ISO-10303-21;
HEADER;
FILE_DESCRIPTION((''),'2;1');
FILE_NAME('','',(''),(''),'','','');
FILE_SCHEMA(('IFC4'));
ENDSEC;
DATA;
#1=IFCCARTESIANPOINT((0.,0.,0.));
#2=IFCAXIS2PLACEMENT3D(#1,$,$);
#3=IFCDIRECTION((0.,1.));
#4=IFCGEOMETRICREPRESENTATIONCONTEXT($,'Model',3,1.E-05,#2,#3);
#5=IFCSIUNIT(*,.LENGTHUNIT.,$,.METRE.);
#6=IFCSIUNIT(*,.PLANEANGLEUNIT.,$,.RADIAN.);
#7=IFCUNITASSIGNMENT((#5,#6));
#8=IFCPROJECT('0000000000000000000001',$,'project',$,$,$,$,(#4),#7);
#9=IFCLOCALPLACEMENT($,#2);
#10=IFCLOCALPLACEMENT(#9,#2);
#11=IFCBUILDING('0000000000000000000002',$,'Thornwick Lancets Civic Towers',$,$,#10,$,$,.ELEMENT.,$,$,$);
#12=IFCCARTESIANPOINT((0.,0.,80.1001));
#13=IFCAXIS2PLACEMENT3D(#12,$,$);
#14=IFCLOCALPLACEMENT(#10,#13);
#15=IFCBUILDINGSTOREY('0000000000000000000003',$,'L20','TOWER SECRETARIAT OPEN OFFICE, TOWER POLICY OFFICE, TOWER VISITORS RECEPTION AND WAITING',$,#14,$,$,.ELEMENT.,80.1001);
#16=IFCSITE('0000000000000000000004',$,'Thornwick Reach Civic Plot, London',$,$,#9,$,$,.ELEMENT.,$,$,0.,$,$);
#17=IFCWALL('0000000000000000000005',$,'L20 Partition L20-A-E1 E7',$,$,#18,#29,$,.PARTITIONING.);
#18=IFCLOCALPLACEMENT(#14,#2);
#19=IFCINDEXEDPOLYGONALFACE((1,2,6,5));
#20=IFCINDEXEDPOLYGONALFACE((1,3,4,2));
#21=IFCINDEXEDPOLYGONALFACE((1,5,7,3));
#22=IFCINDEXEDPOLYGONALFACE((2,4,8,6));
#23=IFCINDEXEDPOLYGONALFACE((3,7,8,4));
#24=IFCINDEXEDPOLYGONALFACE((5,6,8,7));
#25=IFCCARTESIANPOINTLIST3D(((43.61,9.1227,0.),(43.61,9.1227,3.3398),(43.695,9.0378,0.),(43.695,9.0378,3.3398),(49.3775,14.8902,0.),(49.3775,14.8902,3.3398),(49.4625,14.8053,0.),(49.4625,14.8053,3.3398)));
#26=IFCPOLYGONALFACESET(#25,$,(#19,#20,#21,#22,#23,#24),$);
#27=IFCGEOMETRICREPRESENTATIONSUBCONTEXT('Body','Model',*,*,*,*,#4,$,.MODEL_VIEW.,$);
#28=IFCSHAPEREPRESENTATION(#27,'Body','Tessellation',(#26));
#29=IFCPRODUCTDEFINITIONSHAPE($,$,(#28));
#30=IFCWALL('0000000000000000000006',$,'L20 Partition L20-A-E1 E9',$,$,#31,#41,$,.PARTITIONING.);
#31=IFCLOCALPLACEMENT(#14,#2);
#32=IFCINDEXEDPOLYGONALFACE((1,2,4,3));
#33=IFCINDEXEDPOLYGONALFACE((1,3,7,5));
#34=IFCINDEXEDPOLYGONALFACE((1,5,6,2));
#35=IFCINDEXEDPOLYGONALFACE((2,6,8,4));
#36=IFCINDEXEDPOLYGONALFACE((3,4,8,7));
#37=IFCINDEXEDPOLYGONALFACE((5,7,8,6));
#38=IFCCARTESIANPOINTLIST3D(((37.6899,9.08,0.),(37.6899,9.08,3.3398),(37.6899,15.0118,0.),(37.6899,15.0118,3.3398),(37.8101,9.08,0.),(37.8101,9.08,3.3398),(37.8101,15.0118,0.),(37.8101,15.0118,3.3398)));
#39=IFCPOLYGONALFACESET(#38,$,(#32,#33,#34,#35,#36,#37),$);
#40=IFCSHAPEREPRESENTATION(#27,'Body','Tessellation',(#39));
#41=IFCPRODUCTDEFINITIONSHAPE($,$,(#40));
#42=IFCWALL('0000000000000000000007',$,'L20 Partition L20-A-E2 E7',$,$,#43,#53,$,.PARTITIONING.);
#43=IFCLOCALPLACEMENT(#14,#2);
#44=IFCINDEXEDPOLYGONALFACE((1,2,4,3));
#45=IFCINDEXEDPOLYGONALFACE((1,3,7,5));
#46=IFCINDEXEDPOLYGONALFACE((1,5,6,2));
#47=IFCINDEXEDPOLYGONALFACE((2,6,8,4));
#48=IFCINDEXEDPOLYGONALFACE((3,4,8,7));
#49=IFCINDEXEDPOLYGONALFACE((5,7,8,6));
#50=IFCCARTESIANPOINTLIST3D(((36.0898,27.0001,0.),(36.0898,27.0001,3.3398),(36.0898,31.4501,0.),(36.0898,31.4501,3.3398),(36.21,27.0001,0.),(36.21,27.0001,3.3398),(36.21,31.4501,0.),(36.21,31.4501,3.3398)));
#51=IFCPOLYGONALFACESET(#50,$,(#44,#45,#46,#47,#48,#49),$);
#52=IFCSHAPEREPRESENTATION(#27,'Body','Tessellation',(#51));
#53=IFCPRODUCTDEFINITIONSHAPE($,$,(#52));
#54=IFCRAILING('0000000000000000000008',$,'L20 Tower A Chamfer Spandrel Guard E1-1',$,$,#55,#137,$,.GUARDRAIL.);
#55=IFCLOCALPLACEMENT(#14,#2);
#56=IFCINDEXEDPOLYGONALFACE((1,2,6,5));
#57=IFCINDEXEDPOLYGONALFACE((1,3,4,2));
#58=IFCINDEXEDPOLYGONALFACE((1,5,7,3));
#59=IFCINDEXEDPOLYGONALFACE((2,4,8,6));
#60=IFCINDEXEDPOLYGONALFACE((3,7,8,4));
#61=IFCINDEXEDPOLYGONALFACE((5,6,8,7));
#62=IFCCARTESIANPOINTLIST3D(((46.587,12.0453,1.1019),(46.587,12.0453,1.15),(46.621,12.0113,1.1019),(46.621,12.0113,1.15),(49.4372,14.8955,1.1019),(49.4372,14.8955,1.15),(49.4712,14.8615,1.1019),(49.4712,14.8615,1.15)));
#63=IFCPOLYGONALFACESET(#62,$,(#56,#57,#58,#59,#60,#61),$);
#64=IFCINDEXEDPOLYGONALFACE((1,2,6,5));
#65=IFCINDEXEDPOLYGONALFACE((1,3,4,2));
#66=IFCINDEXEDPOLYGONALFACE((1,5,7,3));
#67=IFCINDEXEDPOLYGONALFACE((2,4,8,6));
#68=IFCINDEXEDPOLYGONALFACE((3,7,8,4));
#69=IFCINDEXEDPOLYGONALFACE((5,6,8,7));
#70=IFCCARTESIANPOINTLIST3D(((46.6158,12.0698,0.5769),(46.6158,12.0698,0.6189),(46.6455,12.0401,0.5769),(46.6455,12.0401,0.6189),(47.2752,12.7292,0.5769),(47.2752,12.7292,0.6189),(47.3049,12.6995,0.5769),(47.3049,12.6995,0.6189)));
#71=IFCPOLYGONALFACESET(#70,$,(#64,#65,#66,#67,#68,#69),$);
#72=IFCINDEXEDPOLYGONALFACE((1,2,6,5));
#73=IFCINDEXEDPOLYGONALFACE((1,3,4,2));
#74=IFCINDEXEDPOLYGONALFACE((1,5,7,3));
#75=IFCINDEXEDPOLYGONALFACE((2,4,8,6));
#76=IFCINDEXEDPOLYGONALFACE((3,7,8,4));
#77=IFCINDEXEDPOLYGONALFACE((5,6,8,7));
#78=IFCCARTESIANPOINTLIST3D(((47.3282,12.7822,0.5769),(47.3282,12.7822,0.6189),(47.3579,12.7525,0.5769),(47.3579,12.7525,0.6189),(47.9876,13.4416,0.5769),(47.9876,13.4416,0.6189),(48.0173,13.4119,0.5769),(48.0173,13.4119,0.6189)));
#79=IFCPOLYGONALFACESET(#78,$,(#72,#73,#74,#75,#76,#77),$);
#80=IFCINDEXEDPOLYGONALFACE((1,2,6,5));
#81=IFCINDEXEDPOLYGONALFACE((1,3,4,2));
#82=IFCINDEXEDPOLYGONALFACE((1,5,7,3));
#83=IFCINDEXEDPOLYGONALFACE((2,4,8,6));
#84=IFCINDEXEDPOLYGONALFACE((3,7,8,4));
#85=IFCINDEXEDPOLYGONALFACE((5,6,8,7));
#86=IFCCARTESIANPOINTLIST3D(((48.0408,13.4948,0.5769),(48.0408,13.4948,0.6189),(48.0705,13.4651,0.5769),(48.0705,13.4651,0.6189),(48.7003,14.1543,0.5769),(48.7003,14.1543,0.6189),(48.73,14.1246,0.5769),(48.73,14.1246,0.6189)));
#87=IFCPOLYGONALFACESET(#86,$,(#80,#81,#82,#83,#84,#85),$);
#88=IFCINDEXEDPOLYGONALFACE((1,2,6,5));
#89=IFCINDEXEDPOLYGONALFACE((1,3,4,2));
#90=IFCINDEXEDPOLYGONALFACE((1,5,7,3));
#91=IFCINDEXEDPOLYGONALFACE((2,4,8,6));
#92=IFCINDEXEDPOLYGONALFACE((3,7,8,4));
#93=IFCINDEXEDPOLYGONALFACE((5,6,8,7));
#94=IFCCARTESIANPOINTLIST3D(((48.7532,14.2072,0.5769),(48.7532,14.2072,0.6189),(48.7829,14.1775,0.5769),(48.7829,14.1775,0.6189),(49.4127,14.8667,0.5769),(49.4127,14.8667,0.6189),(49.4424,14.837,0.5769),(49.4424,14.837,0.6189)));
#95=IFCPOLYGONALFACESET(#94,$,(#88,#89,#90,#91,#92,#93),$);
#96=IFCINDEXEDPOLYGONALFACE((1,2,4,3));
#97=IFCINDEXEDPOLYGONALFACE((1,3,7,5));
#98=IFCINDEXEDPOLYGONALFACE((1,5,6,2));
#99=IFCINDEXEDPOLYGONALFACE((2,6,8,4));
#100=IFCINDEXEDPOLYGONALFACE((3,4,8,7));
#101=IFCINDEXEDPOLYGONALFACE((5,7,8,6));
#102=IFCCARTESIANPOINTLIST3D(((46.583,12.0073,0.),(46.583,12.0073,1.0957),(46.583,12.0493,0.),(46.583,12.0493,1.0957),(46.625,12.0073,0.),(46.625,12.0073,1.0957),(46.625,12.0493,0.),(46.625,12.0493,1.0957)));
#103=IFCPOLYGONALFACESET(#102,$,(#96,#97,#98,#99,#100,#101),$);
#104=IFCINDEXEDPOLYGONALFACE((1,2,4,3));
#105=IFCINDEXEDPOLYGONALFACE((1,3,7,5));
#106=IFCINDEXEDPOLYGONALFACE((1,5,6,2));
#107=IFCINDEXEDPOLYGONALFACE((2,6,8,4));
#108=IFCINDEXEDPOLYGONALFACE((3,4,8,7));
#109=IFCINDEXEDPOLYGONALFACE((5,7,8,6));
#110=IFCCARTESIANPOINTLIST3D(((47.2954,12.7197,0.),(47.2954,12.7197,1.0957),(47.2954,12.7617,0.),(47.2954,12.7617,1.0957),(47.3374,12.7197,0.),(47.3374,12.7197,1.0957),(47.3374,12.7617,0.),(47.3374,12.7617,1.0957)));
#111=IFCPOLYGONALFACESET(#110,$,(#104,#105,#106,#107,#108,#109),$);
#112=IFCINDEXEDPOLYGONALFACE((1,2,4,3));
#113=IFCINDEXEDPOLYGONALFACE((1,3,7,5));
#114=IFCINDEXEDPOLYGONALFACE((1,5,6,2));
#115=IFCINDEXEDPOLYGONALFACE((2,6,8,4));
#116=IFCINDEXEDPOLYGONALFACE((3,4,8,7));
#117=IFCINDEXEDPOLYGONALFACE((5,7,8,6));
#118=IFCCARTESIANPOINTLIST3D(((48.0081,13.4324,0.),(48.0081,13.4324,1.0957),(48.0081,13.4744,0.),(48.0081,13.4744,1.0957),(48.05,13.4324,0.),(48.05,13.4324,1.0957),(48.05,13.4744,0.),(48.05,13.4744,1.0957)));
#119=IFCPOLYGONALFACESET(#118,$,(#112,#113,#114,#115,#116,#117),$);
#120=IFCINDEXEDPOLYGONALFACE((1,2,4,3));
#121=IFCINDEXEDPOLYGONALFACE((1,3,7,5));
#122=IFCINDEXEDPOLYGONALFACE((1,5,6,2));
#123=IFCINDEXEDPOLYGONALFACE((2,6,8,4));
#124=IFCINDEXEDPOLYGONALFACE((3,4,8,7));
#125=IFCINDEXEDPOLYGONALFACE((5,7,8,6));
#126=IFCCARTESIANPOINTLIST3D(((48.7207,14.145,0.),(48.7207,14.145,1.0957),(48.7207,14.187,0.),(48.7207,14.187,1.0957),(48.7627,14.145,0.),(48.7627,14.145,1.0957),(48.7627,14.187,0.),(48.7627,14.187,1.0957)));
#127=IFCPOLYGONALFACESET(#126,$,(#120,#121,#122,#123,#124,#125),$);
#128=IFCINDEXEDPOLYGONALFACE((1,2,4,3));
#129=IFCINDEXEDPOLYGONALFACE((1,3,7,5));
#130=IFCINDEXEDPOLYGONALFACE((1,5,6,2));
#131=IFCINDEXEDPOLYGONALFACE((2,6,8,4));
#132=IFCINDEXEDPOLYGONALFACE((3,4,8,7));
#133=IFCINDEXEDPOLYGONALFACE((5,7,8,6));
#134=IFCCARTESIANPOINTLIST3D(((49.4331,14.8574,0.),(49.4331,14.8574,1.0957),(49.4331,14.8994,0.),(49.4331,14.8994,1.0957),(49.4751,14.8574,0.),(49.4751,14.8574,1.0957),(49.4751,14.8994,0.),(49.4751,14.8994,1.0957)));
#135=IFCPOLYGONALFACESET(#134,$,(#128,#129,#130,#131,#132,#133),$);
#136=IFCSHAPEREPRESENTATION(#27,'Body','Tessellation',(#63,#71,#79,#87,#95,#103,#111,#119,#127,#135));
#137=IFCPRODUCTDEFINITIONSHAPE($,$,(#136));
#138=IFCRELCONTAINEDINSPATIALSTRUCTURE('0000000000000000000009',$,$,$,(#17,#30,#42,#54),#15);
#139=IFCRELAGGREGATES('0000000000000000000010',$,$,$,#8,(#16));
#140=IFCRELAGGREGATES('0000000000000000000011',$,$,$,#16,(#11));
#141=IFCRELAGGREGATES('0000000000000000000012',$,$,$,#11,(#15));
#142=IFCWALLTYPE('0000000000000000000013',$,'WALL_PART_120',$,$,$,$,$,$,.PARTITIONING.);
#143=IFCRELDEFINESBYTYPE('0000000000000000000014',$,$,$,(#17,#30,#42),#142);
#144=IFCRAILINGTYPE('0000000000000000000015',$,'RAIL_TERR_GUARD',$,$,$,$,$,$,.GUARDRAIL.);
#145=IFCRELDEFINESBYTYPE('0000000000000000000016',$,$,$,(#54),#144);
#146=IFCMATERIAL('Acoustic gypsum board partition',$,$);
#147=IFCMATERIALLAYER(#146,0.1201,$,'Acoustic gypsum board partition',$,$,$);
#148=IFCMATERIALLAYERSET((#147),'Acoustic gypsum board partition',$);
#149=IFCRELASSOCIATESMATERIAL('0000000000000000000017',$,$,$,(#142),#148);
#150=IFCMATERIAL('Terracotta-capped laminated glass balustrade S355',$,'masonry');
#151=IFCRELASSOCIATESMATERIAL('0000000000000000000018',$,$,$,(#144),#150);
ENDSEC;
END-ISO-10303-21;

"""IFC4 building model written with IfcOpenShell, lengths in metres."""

from ifc_helpers import new_model, si_unit, direction, frame, frame_2d, origin, origin_2d, place, context, subcontext, project, spatial, rectangle, extrude, material, layer, layer_set, type_object, element, save


model = new_model("IFC4")

# Units and contexts
model_context = context("Model", 3, precision=1e-05, world=origin(), true_north=direction((0.0, 1.0)))
body_context = subcontext(model_context, "Body", "Model", "MODEL_VIEW")
ifc_project = project(units=[si_unit("LENGTHUNIT", "METRE"), si_unit("PLANEANGLEUNIT", "RADIAN")], contexts=[model_context])

# Site, building, storey
site_placement = place(None, origin())
site = spatial("IfcSite", under=ifc_project, at=site_placement, Name="Thornwick Reach Civic Plot, London", CompositionType="ELEMENT", RefElevation=0.0)
building_placement = place(site_placement, origin())
building = spatial("IfcBuilding", under=site, at=building_placement, Name="Thornwick Lancets Civic Towers", CompositionType="ELEMENT")
storey_placement = place(building_placement, frame((0.0, 0.0, 80.1001)))
storey = spatial("IfcBuildingStorey", under=building, at=storey_placement, Name="L20", Description="TOWER SECRETARIAT OPEN OFFICE, TOWER POLICY OFFICE, TOWER VISITORS RECEPTION AND WAITING", CompositionType="ELEMENT", Elevation=80.1001)

# Shared definitions
ifc_material_1 = material(Name="Acoustic gypsum board partition")
ifc_layer_1 = layer(ifc_material_1, 0.1201, Name="Acoustic gypsum board partition")
ifc_layer_set_1 = layer_set([ifc_layer_1], Name="Acoustic gypsum board partition")
wall_type_1 = type_object("IfcWallType", Name="WALL_PART_120", PredefinedType="PARTITIONING", material=ifc_layer_set_1)

# Walls
wall_1_placement = place(storey_placement, frame((49.4199, 14.8477, 0.0), z_axis=(0.0, 0.0, 1.0), x_axis=(-0.707107, -0.707107, 0.0)))
element("IfcWall", 1, at=wall_1_placement, inside=storey, type_object=wall_type_1, Name="L20 Partition L20-A-E1 E7", PredefinedType="PARTITIONING", context=body_context, shape_type="SweptSolid", body=[
    extrude(rectangle(XDim=8.1565, YDim=0.1201, at=frame_2d((4.0781, 0.0))), origin(), (0.0, 0.0, 1.0), 3.3398),
])
wall_2_placement = place(storey_placement, frame((37.75, 9.0801, 0.0), z_axis=(0.0, 0.0, 1.0), x_axis=(0.0, 1.0, 0.0)))
element("IfcWall", 2, at=wall_2_placement, inside=storey, type_object=wall_type_1, Name="L20 Partition L20-A-E1 E9", PredefinedType="PARTITIONING", context=body_context, shape_type="SweptSolid", body=[
    extrude(rectangle(XDim=5.9319, YDim=0.1201, at=frame_2d((2.9658, 0.0))), origin(), (0.0, 0.0, 1.0), 3.3398),
])
wall_3_placement = place(storey_placement, frame((36.1499, 27.0, 0.0), z_axis=(0.0, 0.0, 1.0), x_axis=(0.0, 1.0, 0.0)))
element("IfcWall", 3, at=wall_3_placement, inside=storey, type_object=wall_type_1, Name="L20 Partition L20-A-E2 E7", PredefinedType="PARTITIONING", context=body_context, shape_type="SweptSolid", body=[
    extrude(rectangle(XDim=4.45, YDim=0.1201, at=frame_2d((2.2251, 0.0))), origin(), (0.0, 0.0, 1.0), 3.3398),
])

# Railing
ifc_material_2 = material(Name="Terracotta-capped laminated glass balustrade S355", Category="masonry")
railing_type = type_object("IfcRailingType", Name="RAIL_TERR_GUARD", PredefinedType="GUARDRAIL", material=ifc_material_2)
railing_placement = place(storey_placement, frame((46.604, 12.0283, 0.0)))
element("IfcRailing", 4, at=railing_placement, inside=storey, type_object=railing_type, Name="L20 Tower A Chamfer Spandrel Guard E1-1", PredefinedType="GUARDRAIL", context=body_context, shape_type="SweptSolid", body=[
    extrude(rectangle(XDim=0.0481, YDim=0.0481, at=origin_2d()), frame((0.0, 0.0, 1.126), z_axis=(0.707107, 0.707107, 0.0), x_axis=(-0.707107, 0.707107, 0.0)), (0.0, 0.0, 1.0), 4.0308),
    extrude(rectangle(XDim=0.042, YDim=0.042, at=origin_2d()), frame((0.0266, 0.0266, 0.5979), z_axis=(0.707107, 0.707107, 0.0), x_axis=(-0.707107, 0.707107, 0.0)), (0.0, 0.0, 1.0), 0.9326),
    extrude(rectangle(XDim=0.042, YDim=0.042, at=origin_2d()), frame((0.739, 0.739, 0.5979), z_axis=(0.707107, 0.707107, 0.0), x_axis=(-0.707107, 0.707107, 0.0)), (0.0, 0.0, 1.0), 0.9326),
    extrude(rectangle(XDim=0.042, YDim=0.042, at=origin_2d()), frame((1.4517, 1.4517, 0.5979), z_axis=(0.707107, 0.707107, 0.0), x_axis=(-0.707107, 0.707107, 0.0)), (0.0, 0.0, 1.0), 0.9326),
    extrude(rectangle(XDim=0.042, YDim=0.042, at=origin_2d()), frame((2.1641, 2.1641, 0.5979), z_axis=(0.707107, 0.707107, 0.0), x_axis=(-0.707107, 0.707107, 0.0)), (0.0, 0.0, 1.0), 0.9326),
    extrude(rectangle(XDim=0.042, YDim=0.042, at=origin_2d()), origin(), (0.0, 0.0, 1.0), 1.0957),
    extrude(rectangle(XDim=0.042, YDim=0.042, at=origin_2d()), frame((0.7124, 0.7124, 0.0)), (0.0, 0.0, 1.0), 1.0957),
    extrude(rectangle(XDim=0.042, YDim=0.042, at=origin_2d()), frame((1.425, 1.425, 0.0)), (0.0, 0.0, 1.0), 1.0957),
    extrude(rectangle(XDim=0.042, YDim=0.042, at=origin_2d()), frame((2.1377, 2.1377, 0.0)), (0.0, 0.0, 1.0), 1.0957),
    extrude(rectangle(XDim=0.042, YDim=0.042, at=origin_2d()), frame((2.8501, 2.8501, 0.0)), (0.0, 0.0, 1.0), 1.0957),
])

save(model, "model.ifc")
